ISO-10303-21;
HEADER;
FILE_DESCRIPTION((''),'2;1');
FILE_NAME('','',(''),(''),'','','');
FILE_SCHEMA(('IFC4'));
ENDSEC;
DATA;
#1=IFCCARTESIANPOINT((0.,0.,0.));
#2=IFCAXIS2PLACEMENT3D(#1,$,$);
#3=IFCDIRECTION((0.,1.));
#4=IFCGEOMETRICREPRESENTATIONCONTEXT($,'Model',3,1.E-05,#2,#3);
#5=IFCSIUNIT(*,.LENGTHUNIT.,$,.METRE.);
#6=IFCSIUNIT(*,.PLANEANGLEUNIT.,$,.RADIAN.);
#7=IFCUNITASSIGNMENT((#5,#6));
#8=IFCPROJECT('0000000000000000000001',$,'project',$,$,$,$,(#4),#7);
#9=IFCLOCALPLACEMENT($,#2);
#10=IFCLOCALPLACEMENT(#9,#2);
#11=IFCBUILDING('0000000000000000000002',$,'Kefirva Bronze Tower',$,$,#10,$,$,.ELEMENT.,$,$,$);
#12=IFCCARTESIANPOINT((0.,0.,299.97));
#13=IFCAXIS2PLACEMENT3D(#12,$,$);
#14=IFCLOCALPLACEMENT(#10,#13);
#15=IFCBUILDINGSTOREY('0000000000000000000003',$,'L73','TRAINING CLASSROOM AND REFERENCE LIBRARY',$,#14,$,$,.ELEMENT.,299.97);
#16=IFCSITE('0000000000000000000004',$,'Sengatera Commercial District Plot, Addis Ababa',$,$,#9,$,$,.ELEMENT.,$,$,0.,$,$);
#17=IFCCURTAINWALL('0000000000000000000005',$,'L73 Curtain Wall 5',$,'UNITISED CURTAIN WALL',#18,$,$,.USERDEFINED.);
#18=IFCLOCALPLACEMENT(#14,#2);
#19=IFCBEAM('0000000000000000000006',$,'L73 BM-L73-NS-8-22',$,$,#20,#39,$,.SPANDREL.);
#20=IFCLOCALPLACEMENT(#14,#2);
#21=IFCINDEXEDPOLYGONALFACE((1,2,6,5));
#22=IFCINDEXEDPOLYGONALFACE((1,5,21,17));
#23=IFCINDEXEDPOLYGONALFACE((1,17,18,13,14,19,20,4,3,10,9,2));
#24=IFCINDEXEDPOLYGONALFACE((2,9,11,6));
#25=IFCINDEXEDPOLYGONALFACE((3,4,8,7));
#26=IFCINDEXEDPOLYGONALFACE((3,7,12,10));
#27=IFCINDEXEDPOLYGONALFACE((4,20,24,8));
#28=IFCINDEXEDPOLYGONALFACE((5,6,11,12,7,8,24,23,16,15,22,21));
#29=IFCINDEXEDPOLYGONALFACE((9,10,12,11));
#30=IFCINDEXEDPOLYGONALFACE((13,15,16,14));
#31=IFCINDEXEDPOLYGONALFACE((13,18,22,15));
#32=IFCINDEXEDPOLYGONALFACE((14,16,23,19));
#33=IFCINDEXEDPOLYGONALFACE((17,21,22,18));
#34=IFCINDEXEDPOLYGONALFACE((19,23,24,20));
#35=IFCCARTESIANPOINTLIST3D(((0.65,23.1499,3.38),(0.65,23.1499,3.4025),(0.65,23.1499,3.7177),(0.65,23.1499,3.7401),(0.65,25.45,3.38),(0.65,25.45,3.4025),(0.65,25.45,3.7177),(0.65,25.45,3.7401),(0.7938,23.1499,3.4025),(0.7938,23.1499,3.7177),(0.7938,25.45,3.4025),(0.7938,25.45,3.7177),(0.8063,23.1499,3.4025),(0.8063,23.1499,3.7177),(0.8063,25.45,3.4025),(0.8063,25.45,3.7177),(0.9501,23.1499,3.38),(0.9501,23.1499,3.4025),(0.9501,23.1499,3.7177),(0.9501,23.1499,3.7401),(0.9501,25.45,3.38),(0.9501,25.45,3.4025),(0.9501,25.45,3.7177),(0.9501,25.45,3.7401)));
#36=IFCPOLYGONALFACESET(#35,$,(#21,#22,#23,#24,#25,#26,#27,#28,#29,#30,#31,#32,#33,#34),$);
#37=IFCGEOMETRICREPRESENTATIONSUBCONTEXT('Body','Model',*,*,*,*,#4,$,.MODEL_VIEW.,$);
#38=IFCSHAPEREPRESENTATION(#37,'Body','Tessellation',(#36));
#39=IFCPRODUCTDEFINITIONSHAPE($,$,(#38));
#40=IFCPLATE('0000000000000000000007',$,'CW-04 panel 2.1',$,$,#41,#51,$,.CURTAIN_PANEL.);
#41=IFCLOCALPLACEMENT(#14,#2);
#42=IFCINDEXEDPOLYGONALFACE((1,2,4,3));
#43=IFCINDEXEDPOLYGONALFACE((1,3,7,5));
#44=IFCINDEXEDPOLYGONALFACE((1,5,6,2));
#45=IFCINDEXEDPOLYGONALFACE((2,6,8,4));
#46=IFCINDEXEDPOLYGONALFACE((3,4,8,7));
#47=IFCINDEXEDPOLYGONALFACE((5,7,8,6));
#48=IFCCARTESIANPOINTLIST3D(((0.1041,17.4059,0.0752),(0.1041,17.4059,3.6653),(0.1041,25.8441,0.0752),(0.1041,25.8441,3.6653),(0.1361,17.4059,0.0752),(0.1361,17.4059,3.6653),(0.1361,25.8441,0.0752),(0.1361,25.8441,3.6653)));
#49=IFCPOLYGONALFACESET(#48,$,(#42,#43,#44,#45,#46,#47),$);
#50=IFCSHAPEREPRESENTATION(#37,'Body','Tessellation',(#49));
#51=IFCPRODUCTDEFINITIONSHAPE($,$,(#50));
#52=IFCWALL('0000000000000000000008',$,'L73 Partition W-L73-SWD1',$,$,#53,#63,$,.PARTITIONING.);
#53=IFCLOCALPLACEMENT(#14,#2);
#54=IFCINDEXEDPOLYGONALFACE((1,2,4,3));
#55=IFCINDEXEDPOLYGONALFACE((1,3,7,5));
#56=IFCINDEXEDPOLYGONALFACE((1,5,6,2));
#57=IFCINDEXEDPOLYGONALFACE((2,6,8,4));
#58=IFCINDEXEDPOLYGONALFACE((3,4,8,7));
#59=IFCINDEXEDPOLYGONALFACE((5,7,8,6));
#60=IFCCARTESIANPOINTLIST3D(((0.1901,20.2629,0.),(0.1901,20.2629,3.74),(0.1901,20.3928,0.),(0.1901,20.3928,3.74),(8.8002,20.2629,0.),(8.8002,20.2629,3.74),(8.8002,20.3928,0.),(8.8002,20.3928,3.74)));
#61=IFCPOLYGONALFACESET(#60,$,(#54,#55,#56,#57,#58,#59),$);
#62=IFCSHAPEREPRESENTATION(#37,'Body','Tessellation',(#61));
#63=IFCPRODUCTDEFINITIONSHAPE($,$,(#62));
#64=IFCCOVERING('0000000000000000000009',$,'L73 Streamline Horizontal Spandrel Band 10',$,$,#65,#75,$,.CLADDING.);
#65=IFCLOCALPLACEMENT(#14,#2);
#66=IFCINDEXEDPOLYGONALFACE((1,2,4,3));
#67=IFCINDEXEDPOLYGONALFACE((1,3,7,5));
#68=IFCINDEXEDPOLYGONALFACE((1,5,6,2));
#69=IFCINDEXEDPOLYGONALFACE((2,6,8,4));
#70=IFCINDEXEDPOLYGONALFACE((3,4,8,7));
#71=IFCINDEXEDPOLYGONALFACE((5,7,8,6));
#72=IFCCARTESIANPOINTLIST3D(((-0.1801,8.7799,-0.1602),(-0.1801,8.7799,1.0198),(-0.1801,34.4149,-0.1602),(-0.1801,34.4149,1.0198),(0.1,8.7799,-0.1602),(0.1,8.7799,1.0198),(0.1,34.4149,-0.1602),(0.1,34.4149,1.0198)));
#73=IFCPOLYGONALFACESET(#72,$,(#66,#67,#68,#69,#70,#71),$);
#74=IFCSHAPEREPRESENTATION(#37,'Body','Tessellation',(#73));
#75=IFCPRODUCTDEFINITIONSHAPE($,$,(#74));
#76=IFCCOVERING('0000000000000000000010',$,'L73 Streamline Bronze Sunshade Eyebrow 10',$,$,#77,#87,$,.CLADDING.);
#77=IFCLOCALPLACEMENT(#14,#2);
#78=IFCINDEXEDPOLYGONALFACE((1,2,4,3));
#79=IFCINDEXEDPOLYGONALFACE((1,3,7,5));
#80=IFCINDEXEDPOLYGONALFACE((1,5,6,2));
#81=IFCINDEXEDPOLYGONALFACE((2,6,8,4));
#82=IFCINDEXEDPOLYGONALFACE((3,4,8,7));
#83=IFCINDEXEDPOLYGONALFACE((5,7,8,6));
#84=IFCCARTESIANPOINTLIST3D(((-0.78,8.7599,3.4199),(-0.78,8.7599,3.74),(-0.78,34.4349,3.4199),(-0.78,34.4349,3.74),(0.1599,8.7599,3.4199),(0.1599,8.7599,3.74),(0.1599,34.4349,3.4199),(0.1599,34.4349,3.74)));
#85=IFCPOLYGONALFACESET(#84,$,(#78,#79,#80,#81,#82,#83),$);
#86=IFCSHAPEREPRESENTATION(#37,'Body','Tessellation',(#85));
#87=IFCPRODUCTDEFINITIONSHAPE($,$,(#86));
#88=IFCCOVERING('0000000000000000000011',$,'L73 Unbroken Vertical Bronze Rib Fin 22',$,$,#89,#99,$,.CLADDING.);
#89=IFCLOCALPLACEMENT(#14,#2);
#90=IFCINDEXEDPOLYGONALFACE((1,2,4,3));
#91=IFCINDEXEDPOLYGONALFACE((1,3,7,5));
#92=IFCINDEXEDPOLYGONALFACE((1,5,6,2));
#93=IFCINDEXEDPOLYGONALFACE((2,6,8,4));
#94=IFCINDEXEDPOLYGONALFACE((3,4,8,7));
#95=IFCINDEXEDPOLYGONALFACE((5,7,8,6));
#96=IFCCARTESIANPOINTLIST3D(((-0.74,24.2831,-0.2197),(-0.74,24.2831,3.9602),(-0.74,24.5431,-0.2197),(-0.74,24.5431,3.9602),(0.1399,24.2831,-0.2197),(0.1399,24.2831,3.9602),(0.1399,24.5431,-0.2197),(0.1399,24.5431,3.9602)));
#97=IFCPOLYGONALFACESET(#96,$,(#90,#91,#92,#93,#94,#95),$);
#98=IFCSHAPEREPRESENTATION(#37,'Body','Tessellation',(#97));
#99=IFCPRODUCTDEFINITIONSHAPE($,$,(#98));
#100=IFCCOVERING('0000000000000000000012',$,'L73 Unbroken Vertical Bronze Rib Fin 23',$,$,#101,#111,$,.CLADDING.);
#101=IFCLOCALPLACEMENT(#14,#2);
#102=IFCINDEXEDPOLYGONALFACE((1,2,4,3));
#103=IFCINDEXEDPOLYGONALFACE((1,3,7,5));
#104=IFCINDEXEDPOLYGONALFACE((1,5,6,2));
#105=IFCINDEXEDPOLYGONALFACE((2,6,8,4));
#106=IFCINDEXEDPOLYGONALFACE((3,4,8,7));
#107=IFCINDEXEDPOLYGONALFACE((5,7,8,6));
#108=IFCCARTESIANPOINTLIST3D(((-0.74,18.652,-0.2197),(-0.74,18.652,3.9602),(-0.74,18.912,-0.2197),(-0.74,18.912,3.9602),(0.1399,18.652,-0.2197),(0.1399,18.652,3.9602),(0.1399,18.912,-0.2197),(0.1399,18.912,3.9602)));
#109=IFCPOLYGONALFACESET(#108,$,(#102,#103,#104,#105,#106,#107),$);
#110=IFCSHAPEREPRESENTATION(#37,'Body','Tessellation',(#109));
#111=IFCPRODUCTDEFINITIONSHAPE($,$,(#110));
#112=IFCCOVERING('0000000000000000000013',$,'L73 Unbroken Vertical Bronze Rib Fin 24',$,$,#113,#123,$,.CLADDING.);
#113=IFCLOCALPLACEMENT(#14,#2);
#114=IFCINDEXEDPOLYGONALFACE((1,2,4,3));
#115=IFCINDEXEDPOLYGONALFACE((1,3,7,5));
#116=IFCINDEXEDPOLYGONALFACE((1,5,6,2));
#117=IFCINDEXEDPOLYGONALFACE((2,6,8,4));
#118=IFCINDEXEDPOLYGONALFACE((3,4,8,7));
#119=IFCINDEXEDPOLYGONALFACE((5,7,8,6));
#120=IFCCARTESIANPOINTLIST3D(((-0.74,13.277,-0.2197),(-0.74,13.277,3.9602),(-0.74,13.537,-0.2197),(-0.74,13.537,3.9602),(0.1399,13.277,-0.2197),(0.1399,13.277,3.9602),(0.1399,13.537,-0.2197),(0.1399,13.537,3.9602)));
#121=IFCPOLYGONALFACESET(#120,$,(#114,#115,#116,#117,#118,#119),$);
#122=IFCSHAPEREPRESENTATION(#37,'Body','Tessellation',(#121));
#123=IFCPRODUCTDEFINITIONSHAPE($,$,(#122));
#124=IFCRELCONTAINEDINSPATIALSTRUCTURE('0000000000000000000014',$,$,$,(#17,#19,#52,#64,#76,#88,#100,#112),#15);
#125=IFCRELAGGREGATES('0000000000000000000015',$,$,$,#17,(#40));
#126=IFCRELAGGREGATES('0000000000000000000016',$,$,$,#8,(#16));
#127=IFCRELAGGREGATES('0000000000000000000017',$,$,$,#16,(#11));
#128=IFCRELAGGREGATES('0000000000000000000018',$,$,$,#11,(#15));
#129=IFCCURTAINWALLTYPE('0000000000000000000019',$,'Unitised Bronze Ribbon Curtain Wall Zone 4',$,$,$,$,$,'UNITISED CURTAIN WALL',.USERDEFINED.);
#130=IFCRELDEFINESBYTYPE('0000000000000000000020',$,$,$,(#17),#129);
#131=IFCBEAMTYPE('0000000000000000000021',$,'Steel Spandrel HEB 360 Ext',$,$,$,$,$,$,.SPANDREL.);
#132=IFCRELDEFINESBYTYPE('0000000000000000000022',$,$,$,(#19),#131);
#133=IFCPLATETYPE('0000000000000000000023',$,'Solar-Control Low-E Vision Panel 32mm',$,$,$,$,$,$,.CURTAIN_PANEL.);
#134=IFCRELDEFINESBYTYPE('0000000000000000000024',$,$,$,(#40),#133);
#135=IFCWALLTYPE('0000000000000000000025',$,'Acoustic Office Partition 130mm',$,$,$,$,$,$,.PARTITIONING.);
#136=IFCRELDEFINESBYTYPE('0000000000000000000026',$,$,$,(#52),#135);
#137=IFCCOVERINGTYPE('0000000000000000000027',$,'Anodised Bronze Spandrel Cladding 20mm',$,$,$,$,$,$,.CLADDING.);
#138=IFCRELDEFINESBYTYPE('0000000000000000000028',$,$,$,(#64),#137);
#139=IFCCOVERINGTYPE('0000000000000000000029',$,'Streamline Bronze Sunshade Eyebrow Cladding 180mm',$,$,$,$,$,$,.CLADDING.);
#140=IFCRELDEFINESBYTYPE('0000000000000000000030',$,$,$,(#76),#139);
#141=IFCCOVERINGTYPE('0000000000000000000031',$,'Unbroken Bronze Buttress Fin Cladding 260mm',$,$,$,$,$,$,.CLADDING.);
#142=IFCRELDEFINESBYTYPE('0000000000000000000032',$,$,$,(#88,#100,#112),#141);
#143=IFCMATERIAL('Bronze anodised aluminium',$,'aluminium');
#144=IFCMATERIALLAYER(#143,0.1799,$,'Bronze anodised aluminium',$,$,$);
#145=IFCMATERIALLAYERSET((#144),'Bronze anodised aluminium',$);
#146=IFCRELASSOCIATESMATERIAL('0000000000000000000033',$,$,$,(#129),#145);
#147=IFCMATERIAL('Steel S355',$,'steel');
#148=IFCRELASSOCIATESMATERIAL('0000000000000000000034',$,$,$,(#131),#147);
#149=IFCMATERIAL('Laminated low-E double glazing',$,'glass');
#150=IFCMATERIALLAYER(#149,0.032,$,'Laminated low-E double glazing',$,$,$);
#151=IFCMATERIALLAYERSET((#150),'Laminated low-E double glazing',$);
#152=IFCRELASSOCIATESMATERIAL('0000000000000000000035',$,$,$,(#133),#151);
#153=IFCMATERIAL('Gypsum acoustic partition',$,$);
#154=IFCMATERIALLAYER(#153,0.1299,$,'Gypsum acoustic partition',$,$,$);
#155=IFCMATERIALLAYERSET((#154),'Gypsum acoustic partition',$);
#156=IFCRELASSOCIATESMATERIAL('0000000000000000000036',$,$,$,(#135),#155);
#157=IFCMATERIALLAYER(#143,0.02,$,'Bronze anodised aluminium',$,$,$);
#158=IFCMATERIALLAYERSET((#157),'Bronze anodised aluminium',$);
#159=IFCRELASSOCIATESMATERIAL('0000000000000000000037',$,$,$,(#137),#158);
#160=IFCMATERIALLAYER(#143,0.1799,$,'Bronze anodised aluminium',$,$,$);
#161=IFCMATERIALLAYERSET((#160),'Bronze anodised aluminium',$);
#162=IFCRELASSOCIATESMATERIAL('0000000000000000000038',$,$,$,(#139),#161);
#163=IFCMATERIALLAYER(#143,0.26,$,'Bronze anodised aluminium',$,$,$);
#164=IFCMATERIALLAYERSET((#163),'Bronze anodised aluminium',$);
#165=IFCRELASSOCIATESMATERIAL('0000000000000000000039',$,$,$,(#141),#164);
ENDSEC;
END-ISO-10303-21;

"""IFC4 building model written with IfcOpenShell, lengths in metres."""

from ifc_helpers import new_model, si_unit, direction, frame, frame_2d, origin, origin_2d, place, context, subcontext, project, spatial, rectangle, i_section, extrude, material, layer, layer_set, material_profile, profile_set, type_object, element, aggregate, save


model = new_model("IFC4")

# Units and contexts
model_context = context("Model", 3, precision=1e-05, world=origin(), true_north=direction((0.0, 1.0)))
body_context = subcontext(model_context, "Body", "Model", "MODEL_VIEW")
ifc_project = project(units=[si_unit("LENGTHUNIT", "METRE"), si_unit("PLANEANGLEUNIT", "RADIAN")], contexts=[model_context])

# Site, building, storey
site_placement = place(None, origin())
site = spatial("IfcSite", under=ifc_project, at=site_placement, Name="Sengatera Commercial District Plot, Addis Ababa", CompositionType="ELEMENT", RefElevation=0.0)
building_placement = place(site_placement, origin())
building = spatial("IfcBuilding", under=site, at=building_placement, Name="Kefirva Bronze Tower", CompositionType="ELEMENT")
storey_placement = place(building_placement, frame((0.0, 0.0, 299.97)))
storey = spatial("IfcBuildingStorey", under=building, at=storey_placement, Name="L73", Description="TRAINING CLASSROOM AND REFERENCE LIBRARY", CompositionType="ELEMENT", Elevation=299.97)

# Curtain wall
ifc_material_1 = material(Name="Bronze anodised aluminium", Category="aluminium")
ifc_layer_1 = layer(ifc_material_1, 0.1799, Name="Bronze anodised aluminium")
ifc_layer_set_1 = layer_set([ifc_layer_1], Name="Bronze anodised aluminium")
curtain_wall_type = type_object("IfcCurtainWallType", Name="Unitised Bronze Ribbon Curtain Wall Zone 4", ElementType="UNITISED CURTAIN WALL", PredefinedType="USERDEFINED", material=ifc_layer_set_1)
curtain_wall_placement = place(storey_placement, origin())
curtain_wall = element("IfcCurtainWall", 1, at=curtain_wall_placement, inside=storey, type_object=curtain_wall_type, Name="L73 Curtain Wall 5", ObjectType="UNITISED CURTAIN WALL", PredefinedType="USERDEFINED")

# Beam
ifc_material_2 = material(Name="Steel S355", Category="steel")
ifc_material_profile_1 = material_profile(ifc_material_2, i_section(OverallWidth=0.3, OverallDepth=0.3601, WebThickness=0.0125, FlangeThickness=0.0225, at=origin_2d()), Name="HEB 360")
ifc_profile_set_1 = profile_set([ifc_material_profile_1], Name="Steel S355")
beam_type_1 = type_object("IfcBeamType", Name="Steel Spandrel HEB 360 Ext", PredefinedType="SPANDREL", material=ifc_profile_set_1)
beam_1_placement = place(storey_placement, frame((0.8, 23.1499, 3.5601), z_axis=(0.0, 1.0, 0.0), x_axis=(-1.0, 0.0, 0.0)))
element("IfcBeam", 2, at=beam_1_placement, inside=storey, type_object=beam_type_1, Name="L73 BM-L73-NS-8-22", PredefinedType="SPANDREL", context=body_context, shape_type="SweptSolid", body=[
    extrude(i_section(OverallWidth=0.3, OverallDepth=0.3601, WebThickness=0.0125, FlangeThickness=0.0225, at=origin_2d()), origin(), (0.0, 0.0, 1.0), 2.3),
])

# Plate
ifc_material_3 = material(Name="Laminated low-E double glazing", Category="glass")
ifc_layer_2 = layer(ifc_material_3, 0.032, Name="Laminated low-E double glazing")
ifc_layer_set_2 = layer_set([ifc_layer_2], Name="Laminated low-E double glazing")
plate_type = type_object("IfcPlateType", Name="Solar-Control Low-E Vision Panel 32mm", PredefinedType="CURTAIN_PANEL", material=ifc_layer_set_2)
plate_placement = place(storey_placement, frame((0.1201, 21.625, 0.0752), z_axis=(0.0, 0.0, 1.0), x_axis=(0.0, -1.0, 0.0)))
plate = element("IfcPlate", 3, at=plate_placement, type_object=plate_type, Name="CW-04 panel 2.1", PredefinedType="CURTAIN_PANEL", context=body_context, shape_type="SweptSolid", body=[
    extrude(rectangle(XDim=8.4382, YDim=0.032, at=origin_2d()), origin(), (0.0, 0.0, 1.0), 3.5901),
])
aggregate(curtain_wall, [plate])

# Wall
ifc_material_4 = material(Name="Gypsum acoustic partition")
ifc_layer_3 = layer(ifc_material_4, 0.1299, Name="Gypsum acoustic partition")
ifc_layer_set_3 = layer_set([ifc_layer_3], Name="Gypsum acoustic partition")
wall_type = type_object("IfcWallType", Name="Acoustic Office Partition 130mm", PredefinedType="PARTITIONING", material=ifc_layer_set_3)
wall_placement = place(storey_placement, frame((0.1899, 20.3279, 0.0), z_axis=(0.0, 0.0, 1.0), x_axis=(1.0, 0.0, 0.0)))
element("IfcWall", 4, at=wall_placement, inside=storey, type_object=wall_type, Name="L73 Partition W-L73-SWD1", PredefinedType="PARTITIONING", context=body_context, shape_type="SweptSolid", body=[
    extrude(rectangle(XDim=8.6101, YDim=0.1299, at=frame_2d((4.3052, 0.0))), origin(), (0.0, 0.0, 1.0), 3.74),
])

# Coverings
ifc_layer_4 = layer(ifc_material_1, 0.02, Name="Bronze anodised aluminium")
ifc_layer_set_4 = layer_set([ifc_layer_4], Name="Bronze anodised aluminium")
covering_type_1 = type_object("IfcCoveringType", Name="Anodised Bronze Spandrel Cladding 20mm", PredefinedType="CLADDING", material=ifc_layer_set_4)
covering_1_placement = place(storey_placement, frame((-0.04, 21.5974, -0.1602), z_axis=(0.0, 0.0, 1.0), x_axis=(0.0, -1.0, 0.0)))
element("IfcCovering", 5, at=covering_1_placement, inside=storey, type_object=covering_type_1, Name="L73 Streamline Horizontal Spandrel Band 10", PredefinedType="CLADDING", context=body_context, shape_type="SweptSolid", body=[
    extrude(rectangle(XDim=25.635, YDim=0.28, at=origin_2d()), origin(), (0.0, 0.0, 1.0), 1.1799),
])
ifc_layer_5 = layer(ifc_material_1, 0.1799, Name="Bronze anodised aluminium")
ifc_layer_set_5 = layer_set([ifc_layer_5], Name="Bronze anodised aluminium")
covering_type_2 = type_object("IfcCoveringType", Name="Streamline Bronze Sunshade Eyebrow Cladding 180mm", PredefinedType="CLADDING", material=ifc_layer_set_5)
covering_2_placement = place(storey_placement, frame((-0.3101, 21.5974, 3.4199), z_axis=(0.0, 0.0, 1.0), x_axis=(0.0, -1.0, 0.0)))
element("IfcCovering", 6, at=covering_2_placement, inside=storey, type_object=covering_type_2, Name="L73 Streamline Bronze Sunshade Eyebrow 10", PredefinedType="CLADDING", context=body_context, shape_type="SweptSolid", body=[
    extrude(rectangle(XDim=25.675, YDim=0.9399, at=origin_2d()), origin(), (0.0, 0.0, 1.0), 0.3201),
])
ifc_layer_6 = layer(ifc_material_1, 0.26, Name="Bronze anodised aluminium")
ifc_layer_set_6 = layer_set([ifc_layer_6], Name="Bronze anodised aluminium")
covering_type_3 = type_object("IfcCoveringType", Name="Unbroken Bronze Buttress Fin Cladding 260mm", PredefinedType="CLADDING", material=ifc_layer_set_6)
for number, where, z_axis, x_axis, name in (
    (7, (-0.3, 24.4131, -0.2197), (0.0, 0.0, 1.0), (0.0, -1.0, 0.0), "L73 Unbroken Vertical Bronze Rib Fin 22"),
    (8, (-0.3, 18.782, -0.2197), (0.0, 0.0, 1.0), (0.0, -1.0, 0.0), "L73 Unbroken Vertical Bronze Rib Fin 23"),
    (9, (-0.3, 13.407, -0.2197), (0.0, 0.0, 1.0), (0.0, -1.0, 0.0), "L73 Unbroken Vertical Bronze Rib Fin 24"),
):
    element("IfcCovering", number, at=place(storey_placement, frame(where, z_axis=z_axis, x_axis=x_axis)), inside=storey, type_object=covering_type_3, Name=name, PredefinedType="CLADDING", context=body_context, shape_type="SweptSolid", body=[
        extrude(rectangle(XDim=0.26, YDim=0.8799, at=origin_2d()), origin(), (0.0, 0.0, 1.0), 4.1799),
    ])

save(model, "model.ifc")
